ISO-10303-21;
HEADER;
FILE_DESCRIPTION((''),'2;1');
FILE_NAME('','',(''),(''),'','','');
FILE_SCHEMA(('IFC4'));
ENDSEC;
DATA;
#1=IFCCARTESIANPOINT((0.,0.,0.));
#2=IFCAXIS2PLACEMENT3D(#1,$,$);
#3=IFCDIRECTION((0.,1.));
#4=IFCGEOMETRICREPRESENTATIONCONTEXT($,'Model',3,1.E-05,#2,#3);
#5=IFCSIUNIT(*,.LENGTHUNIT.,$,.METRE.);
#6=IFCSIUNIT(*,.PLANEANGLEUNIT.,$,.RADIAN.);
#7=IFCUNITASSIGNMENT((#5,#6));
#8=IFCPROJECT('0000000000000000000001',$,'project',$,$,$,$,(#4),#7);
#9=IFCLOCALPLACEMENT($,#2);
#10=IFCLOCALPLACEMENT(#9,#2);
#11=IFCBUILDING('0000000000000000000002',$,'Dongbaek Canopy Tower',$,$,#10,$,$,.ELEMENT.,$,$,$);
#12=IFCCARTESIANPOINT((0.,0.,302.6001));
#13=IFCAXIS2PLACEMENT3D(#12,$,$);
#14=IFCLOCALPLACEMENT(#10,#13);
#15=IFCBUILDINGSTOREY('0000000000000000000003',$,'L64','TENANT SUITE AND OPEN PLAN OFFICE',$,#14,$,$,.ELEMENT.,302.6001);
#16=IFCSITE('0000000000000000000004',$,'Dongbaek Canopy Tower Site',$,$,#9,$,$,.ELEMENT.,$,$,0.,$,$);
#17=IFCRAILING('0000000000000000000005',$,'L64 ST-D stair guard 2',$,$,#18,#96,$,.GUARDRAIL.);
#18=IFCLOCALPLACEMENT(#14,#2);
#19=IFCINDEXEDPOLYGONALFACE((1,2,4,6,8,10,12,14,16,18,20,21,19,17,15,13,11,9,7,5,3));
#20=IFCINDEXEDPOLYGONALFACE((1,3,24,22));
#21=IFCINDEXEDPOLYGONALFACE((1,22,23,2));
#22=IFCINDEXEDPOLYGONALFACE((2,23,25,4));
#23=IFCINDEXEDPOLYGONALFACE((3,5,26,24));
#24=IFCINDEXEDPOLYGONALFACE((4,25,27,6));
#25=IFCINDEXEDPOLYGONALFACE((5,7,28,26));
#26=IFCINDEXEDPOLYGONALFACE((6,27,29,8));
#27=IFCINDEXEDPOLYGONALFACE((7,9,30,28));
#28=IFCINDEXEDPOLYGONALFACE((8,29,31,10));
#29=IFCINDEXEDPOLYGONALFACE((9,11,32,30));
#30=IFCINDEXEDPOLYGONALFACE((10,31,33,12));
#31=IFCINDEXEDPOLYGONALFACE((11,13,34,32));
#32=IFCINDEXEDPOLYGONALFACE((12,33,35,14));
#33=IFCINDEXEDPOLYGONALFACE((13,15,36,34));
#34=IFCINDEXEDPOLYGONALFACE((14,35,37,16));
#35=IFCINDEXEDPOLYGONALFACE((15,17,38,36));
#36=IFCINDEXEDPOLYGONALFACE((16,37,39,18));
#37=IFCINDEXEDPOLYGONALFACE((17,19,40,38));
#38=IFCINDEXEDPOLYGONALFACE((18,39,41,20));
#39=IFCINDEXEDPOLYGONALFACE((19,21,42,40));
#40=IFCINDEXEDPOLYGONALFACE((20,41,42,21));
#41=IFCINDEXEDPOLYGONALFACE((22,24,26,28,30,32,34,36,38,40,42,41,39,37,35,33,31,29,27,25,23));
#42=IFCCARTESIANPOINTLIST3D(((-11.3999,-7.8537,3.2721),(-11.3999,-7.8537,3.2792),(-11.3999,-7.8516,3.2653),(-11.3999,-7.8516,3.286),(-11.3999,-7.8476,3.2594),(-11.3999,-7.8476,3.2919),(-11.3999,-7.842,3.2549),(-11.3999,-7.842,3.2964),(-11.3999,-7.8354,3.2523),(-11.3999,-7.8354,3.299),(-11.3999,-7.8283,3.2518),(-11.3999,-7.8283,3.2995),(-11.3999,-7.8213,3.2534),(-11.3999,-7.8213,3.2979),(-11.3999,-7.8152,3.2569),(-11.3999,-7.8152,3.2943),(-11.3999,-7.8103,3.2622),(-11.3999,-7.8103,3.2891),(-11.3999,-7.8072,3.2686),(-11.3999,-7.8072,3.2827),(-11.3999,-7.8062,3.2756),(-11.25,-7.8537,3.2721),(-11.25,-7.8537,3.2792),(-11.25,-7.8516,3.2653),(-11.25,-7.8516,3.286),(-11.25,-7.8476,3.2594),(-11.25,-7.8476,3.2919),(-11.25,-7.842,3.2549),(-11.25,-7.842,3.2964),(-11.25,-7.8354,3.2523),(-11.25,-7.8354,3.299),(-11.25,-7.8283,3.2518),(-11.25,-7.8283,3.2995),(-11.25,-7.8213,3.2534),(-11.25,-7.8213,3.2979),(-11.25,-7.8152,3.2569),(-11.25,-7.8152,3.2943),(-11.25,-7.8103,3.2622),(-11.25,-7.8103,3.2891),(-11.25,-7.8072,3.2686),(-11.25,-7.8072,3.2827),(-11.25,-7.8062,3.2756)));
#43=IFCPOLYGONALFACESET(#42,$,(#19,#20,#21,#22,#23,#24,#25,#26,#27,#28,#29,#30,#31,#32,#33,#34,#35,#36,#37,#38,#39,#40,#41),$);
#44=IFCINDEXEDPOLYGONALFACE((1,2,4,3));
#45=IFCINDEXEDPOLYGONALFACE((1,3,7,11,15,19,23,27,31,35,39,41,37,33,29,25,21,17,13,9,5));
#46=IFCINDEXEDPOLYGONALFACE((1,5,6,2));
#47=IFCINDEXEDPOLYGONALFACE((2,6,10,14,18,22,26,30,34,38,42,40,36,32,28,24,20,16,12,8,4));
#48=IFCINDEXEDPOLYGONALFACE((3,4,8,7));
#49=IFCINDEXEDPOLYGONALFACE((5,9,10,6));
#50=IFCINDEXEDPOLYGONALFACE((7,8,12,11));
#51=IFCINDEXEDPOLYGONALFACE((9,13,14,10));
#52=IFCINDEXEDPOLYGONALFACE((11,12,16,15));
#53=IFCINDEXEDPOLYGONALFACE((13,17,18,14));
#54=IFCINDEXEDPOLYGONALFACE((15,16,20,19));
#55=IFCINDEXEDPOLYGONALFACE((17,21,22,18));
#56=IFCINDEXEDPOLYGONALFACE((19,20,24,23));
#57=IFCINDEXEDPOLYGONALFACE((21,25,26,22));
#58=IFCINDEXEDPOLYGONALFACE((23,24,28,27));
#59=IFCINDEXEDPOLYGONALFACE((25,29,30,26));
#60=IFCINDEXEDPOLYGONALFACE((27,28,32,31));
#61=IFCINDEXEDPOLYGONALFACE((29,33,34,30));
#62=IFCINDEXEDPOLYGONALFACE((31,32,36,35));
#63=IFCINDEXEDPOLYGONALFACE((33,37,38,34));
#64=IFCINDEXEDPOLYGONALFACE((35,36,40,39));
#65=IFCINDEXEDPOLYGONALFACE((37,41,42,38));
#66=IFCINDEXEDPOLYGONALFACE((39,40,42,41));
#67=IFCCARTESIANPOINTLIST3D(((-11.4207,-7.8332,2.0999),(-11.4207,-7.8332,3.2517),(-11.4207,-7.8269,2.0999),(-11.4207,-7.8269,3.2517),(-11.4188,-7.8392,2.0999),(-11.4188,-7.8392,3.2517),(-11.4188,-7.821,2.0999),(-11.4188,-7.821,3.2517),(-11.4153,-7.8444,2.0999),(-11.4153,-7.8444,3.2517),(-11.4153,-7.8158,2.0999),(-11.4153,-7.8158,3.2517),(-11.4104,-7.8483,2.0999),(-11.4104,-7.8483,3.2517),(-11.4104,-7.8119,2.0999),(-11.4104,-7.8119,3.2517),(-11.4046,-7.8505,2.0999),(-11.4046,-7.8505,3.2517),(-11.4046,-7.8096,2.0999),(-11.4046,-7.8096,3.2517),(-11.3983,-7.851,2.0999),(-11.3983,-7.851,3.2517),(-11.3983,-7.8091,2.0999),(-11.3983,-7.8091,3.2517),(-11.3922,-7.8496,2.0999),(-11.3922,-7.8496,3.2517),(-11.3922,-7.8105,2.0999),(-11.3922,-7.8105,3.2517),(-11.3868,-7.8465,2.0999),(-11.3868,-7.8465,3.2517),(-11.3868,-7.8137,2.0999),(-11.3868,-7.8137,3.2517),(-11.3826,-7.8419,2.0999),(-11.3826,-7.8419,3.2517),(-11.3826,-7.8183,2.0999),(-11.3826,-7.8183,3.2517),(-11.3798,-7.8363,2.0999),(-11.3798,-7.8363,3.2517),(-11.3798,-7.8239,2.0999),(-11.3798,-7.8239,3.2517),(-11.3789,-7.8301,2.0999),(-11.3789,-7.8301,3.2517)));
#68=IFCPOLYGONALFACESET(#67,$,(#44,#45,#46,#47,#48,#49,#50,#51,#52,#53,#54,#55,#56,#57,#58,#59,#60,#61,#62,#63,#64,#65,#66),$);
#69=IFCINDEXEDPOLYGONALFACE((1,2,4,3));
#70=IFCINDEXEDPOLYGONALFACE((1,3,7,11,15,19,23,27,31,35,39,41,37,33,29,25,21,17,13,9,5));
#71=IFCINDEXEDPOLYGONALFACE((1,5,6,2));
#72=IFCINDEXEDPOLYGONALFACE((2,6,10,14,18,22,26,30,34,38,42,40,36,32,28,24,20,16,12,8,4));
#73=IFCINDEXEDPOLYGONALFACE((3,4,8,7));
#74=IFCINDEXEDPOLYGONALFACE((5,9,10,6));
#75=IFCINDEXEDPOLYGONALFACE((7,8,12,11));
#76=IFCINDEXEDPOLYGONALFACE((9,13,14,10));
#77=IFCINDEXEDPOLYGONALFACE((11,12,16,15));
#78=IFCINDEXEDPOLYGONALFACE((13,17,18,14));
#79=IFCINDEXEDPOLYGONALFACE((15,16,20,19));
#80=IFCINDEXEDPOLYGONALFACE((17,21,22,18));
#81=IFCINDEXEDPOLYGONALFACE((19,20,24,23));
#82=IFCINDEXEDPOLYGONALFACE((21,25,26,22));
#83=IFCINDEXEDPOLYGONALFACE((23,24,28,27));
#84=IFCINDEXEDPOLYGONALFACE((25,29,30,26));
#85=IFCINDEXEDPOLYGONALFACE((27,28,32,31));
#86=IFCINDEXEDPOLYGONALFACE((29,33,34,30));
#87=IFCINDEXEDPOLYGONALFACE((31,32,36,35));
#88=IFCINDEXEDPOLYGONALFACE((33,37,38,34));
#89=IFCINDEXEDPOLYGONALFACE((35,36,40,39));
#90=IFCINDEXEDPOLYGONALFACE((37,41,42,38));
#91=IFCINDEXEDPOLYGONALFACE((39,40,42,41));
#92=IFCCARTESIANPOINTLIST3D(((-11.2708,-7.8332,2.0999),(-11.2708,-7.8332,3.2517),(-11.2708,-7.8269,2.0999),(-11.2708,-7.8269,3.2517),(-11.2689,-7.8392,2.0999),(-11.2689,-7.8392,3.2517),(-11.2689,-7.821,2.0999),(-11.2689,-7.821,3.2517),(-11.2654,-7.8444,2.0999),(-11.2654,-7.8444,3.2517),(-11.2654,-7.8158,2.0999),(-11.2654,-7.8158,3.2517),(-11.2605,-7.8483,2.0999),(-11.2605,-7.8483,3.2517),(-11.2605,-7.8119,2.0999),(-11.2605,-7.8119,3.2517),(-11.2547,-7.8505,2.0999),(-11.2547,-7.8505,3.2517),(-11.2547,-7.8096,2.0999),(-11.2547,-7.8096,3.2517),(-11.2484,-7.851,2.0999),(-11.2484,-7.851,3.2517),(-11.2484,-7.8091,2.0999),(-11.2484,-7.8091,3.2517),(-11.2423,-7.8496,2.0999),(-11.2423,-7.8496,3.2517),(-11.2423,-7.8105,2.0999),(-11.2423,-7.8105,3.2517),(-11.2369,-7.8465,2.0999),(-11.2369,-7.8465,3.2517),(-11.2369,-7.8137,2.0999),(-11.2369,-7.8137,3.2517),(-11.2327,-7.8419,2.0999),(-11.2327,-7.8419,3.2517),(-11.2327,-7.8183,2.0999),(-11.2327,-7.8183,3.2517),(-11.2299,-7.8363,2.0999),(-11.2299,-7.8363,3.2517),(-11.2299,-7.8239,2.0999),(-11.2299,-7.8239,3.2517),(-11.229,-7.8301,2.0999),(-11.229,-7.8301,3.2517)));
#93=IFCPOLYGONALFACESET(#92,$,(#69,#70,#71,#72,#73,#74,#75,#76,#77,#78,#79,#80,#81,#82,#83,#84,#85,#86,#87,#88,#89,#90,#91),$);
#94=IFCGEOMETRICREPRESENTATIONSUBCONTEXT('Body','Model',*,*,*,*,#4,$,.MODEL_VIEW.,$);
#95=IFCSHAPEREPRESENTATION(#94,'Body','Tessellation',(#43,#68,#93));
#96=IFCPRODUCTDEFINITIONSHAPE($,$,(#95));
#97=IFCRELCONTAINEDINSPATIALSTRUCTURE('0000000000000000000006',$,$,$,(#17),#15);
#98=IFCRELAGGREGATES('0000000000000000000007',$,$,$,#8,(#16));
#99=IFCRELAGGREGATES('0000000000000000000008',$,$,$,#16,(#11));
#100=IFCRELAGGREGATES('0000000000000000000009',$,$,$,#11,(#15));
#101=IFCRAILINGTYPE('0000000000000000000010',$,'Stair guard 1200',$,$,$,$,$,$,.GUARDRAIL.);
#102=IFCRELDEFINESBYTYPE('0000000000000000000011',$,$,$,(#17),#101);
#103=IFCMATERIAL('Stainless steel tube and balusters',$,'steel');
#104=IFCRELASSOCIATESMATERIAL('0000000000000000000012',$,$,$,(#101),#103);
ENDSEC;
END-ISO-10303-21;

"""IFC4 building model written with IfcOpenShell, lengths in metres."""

from ifc_helpers import new_model, si_unit, direction, frame, origin, origin_2d, place, context, subcontext, project, spatial, circle, extrude, material, type_object, element, save


model = new_model("IFC4")

# Units and contexts
model_context = context("Model", 3, precision=1e-05, world=origin(), true_north=direction((0.0, 1.0)))
body_context = subcontext(model_context, "Body", "Model", "MODEL_VIEW")
ifc_project = project(units=[si_unit("LENGTHUNIT", "METRE"), si_unit("PLANEANGLEUNIT", "RADIAN")], contexts=[model_context])

# Site, building, storey
site_placement = place(None, origin())
site = spatial("IfcSite", under=ifc_project, at=site_placement, Name="Dongbaek Canopy Tower Site", CompositionType="ELEMENT", RefElevation=0.0)
building_placement = place(site_placement, origin())
building = spatial("IfcBuilding", under=site, at=building_placement, Name="Dongbaek Canopy Tower", CompositionType="ELEMENT")
storey_placement = place(building_placement, frame((0.0, 0.0, 302.6001)))
storey = spatial("IfcBuildingStorey", under=building, at=storey_placement, Name="L64", Description="TENANT SUITE AND OPEN PLAN OFFICE", CompositionType="ELEMENT", Elevation=302.6001)

# Railing
ifc_material_1 = material(Name="Stainless steel tube and balusters", Category="steel")
railing_type_1 = type_object("IfcRailingType", Name="Stair guard 1200", PredefinedType="GUARDRAIL", material=ifc_material_1)
railing_1_placement = place(storey_placement, frame((-11.3999, -7.8301, 2.0999)))
element("IfcRailing", 1, at=railing_1_placement, inside=storey, type_object=railing_type_1, Name="L64 ST-D stair guard 2", PredefinedType="GUARDRAIL", context=body_context, shape_type="SweptSolid", body=[
    extrude(circle(Radius=0.0239, at=origin_2d()), frame((0.0, 0.0, 1.1758), z_axis=(1.0, 0.0, 0.0), x_axis=(0.0, 1.0, 0.0)), (0.0, 0.0, 1.0), 0.1499),
    extrude(circle(Radius=0.021, at=origin_2d()), origin(), (0.0, 0.0, 1.0), 1.1519),
    extrude(circle(Radius=0.021, at=origin_2d()), frame((0.1499, 0.0, 0.0)), (0.0, 0.0, 1.0), 1.1519),
])

save(model, "model.ifc")
